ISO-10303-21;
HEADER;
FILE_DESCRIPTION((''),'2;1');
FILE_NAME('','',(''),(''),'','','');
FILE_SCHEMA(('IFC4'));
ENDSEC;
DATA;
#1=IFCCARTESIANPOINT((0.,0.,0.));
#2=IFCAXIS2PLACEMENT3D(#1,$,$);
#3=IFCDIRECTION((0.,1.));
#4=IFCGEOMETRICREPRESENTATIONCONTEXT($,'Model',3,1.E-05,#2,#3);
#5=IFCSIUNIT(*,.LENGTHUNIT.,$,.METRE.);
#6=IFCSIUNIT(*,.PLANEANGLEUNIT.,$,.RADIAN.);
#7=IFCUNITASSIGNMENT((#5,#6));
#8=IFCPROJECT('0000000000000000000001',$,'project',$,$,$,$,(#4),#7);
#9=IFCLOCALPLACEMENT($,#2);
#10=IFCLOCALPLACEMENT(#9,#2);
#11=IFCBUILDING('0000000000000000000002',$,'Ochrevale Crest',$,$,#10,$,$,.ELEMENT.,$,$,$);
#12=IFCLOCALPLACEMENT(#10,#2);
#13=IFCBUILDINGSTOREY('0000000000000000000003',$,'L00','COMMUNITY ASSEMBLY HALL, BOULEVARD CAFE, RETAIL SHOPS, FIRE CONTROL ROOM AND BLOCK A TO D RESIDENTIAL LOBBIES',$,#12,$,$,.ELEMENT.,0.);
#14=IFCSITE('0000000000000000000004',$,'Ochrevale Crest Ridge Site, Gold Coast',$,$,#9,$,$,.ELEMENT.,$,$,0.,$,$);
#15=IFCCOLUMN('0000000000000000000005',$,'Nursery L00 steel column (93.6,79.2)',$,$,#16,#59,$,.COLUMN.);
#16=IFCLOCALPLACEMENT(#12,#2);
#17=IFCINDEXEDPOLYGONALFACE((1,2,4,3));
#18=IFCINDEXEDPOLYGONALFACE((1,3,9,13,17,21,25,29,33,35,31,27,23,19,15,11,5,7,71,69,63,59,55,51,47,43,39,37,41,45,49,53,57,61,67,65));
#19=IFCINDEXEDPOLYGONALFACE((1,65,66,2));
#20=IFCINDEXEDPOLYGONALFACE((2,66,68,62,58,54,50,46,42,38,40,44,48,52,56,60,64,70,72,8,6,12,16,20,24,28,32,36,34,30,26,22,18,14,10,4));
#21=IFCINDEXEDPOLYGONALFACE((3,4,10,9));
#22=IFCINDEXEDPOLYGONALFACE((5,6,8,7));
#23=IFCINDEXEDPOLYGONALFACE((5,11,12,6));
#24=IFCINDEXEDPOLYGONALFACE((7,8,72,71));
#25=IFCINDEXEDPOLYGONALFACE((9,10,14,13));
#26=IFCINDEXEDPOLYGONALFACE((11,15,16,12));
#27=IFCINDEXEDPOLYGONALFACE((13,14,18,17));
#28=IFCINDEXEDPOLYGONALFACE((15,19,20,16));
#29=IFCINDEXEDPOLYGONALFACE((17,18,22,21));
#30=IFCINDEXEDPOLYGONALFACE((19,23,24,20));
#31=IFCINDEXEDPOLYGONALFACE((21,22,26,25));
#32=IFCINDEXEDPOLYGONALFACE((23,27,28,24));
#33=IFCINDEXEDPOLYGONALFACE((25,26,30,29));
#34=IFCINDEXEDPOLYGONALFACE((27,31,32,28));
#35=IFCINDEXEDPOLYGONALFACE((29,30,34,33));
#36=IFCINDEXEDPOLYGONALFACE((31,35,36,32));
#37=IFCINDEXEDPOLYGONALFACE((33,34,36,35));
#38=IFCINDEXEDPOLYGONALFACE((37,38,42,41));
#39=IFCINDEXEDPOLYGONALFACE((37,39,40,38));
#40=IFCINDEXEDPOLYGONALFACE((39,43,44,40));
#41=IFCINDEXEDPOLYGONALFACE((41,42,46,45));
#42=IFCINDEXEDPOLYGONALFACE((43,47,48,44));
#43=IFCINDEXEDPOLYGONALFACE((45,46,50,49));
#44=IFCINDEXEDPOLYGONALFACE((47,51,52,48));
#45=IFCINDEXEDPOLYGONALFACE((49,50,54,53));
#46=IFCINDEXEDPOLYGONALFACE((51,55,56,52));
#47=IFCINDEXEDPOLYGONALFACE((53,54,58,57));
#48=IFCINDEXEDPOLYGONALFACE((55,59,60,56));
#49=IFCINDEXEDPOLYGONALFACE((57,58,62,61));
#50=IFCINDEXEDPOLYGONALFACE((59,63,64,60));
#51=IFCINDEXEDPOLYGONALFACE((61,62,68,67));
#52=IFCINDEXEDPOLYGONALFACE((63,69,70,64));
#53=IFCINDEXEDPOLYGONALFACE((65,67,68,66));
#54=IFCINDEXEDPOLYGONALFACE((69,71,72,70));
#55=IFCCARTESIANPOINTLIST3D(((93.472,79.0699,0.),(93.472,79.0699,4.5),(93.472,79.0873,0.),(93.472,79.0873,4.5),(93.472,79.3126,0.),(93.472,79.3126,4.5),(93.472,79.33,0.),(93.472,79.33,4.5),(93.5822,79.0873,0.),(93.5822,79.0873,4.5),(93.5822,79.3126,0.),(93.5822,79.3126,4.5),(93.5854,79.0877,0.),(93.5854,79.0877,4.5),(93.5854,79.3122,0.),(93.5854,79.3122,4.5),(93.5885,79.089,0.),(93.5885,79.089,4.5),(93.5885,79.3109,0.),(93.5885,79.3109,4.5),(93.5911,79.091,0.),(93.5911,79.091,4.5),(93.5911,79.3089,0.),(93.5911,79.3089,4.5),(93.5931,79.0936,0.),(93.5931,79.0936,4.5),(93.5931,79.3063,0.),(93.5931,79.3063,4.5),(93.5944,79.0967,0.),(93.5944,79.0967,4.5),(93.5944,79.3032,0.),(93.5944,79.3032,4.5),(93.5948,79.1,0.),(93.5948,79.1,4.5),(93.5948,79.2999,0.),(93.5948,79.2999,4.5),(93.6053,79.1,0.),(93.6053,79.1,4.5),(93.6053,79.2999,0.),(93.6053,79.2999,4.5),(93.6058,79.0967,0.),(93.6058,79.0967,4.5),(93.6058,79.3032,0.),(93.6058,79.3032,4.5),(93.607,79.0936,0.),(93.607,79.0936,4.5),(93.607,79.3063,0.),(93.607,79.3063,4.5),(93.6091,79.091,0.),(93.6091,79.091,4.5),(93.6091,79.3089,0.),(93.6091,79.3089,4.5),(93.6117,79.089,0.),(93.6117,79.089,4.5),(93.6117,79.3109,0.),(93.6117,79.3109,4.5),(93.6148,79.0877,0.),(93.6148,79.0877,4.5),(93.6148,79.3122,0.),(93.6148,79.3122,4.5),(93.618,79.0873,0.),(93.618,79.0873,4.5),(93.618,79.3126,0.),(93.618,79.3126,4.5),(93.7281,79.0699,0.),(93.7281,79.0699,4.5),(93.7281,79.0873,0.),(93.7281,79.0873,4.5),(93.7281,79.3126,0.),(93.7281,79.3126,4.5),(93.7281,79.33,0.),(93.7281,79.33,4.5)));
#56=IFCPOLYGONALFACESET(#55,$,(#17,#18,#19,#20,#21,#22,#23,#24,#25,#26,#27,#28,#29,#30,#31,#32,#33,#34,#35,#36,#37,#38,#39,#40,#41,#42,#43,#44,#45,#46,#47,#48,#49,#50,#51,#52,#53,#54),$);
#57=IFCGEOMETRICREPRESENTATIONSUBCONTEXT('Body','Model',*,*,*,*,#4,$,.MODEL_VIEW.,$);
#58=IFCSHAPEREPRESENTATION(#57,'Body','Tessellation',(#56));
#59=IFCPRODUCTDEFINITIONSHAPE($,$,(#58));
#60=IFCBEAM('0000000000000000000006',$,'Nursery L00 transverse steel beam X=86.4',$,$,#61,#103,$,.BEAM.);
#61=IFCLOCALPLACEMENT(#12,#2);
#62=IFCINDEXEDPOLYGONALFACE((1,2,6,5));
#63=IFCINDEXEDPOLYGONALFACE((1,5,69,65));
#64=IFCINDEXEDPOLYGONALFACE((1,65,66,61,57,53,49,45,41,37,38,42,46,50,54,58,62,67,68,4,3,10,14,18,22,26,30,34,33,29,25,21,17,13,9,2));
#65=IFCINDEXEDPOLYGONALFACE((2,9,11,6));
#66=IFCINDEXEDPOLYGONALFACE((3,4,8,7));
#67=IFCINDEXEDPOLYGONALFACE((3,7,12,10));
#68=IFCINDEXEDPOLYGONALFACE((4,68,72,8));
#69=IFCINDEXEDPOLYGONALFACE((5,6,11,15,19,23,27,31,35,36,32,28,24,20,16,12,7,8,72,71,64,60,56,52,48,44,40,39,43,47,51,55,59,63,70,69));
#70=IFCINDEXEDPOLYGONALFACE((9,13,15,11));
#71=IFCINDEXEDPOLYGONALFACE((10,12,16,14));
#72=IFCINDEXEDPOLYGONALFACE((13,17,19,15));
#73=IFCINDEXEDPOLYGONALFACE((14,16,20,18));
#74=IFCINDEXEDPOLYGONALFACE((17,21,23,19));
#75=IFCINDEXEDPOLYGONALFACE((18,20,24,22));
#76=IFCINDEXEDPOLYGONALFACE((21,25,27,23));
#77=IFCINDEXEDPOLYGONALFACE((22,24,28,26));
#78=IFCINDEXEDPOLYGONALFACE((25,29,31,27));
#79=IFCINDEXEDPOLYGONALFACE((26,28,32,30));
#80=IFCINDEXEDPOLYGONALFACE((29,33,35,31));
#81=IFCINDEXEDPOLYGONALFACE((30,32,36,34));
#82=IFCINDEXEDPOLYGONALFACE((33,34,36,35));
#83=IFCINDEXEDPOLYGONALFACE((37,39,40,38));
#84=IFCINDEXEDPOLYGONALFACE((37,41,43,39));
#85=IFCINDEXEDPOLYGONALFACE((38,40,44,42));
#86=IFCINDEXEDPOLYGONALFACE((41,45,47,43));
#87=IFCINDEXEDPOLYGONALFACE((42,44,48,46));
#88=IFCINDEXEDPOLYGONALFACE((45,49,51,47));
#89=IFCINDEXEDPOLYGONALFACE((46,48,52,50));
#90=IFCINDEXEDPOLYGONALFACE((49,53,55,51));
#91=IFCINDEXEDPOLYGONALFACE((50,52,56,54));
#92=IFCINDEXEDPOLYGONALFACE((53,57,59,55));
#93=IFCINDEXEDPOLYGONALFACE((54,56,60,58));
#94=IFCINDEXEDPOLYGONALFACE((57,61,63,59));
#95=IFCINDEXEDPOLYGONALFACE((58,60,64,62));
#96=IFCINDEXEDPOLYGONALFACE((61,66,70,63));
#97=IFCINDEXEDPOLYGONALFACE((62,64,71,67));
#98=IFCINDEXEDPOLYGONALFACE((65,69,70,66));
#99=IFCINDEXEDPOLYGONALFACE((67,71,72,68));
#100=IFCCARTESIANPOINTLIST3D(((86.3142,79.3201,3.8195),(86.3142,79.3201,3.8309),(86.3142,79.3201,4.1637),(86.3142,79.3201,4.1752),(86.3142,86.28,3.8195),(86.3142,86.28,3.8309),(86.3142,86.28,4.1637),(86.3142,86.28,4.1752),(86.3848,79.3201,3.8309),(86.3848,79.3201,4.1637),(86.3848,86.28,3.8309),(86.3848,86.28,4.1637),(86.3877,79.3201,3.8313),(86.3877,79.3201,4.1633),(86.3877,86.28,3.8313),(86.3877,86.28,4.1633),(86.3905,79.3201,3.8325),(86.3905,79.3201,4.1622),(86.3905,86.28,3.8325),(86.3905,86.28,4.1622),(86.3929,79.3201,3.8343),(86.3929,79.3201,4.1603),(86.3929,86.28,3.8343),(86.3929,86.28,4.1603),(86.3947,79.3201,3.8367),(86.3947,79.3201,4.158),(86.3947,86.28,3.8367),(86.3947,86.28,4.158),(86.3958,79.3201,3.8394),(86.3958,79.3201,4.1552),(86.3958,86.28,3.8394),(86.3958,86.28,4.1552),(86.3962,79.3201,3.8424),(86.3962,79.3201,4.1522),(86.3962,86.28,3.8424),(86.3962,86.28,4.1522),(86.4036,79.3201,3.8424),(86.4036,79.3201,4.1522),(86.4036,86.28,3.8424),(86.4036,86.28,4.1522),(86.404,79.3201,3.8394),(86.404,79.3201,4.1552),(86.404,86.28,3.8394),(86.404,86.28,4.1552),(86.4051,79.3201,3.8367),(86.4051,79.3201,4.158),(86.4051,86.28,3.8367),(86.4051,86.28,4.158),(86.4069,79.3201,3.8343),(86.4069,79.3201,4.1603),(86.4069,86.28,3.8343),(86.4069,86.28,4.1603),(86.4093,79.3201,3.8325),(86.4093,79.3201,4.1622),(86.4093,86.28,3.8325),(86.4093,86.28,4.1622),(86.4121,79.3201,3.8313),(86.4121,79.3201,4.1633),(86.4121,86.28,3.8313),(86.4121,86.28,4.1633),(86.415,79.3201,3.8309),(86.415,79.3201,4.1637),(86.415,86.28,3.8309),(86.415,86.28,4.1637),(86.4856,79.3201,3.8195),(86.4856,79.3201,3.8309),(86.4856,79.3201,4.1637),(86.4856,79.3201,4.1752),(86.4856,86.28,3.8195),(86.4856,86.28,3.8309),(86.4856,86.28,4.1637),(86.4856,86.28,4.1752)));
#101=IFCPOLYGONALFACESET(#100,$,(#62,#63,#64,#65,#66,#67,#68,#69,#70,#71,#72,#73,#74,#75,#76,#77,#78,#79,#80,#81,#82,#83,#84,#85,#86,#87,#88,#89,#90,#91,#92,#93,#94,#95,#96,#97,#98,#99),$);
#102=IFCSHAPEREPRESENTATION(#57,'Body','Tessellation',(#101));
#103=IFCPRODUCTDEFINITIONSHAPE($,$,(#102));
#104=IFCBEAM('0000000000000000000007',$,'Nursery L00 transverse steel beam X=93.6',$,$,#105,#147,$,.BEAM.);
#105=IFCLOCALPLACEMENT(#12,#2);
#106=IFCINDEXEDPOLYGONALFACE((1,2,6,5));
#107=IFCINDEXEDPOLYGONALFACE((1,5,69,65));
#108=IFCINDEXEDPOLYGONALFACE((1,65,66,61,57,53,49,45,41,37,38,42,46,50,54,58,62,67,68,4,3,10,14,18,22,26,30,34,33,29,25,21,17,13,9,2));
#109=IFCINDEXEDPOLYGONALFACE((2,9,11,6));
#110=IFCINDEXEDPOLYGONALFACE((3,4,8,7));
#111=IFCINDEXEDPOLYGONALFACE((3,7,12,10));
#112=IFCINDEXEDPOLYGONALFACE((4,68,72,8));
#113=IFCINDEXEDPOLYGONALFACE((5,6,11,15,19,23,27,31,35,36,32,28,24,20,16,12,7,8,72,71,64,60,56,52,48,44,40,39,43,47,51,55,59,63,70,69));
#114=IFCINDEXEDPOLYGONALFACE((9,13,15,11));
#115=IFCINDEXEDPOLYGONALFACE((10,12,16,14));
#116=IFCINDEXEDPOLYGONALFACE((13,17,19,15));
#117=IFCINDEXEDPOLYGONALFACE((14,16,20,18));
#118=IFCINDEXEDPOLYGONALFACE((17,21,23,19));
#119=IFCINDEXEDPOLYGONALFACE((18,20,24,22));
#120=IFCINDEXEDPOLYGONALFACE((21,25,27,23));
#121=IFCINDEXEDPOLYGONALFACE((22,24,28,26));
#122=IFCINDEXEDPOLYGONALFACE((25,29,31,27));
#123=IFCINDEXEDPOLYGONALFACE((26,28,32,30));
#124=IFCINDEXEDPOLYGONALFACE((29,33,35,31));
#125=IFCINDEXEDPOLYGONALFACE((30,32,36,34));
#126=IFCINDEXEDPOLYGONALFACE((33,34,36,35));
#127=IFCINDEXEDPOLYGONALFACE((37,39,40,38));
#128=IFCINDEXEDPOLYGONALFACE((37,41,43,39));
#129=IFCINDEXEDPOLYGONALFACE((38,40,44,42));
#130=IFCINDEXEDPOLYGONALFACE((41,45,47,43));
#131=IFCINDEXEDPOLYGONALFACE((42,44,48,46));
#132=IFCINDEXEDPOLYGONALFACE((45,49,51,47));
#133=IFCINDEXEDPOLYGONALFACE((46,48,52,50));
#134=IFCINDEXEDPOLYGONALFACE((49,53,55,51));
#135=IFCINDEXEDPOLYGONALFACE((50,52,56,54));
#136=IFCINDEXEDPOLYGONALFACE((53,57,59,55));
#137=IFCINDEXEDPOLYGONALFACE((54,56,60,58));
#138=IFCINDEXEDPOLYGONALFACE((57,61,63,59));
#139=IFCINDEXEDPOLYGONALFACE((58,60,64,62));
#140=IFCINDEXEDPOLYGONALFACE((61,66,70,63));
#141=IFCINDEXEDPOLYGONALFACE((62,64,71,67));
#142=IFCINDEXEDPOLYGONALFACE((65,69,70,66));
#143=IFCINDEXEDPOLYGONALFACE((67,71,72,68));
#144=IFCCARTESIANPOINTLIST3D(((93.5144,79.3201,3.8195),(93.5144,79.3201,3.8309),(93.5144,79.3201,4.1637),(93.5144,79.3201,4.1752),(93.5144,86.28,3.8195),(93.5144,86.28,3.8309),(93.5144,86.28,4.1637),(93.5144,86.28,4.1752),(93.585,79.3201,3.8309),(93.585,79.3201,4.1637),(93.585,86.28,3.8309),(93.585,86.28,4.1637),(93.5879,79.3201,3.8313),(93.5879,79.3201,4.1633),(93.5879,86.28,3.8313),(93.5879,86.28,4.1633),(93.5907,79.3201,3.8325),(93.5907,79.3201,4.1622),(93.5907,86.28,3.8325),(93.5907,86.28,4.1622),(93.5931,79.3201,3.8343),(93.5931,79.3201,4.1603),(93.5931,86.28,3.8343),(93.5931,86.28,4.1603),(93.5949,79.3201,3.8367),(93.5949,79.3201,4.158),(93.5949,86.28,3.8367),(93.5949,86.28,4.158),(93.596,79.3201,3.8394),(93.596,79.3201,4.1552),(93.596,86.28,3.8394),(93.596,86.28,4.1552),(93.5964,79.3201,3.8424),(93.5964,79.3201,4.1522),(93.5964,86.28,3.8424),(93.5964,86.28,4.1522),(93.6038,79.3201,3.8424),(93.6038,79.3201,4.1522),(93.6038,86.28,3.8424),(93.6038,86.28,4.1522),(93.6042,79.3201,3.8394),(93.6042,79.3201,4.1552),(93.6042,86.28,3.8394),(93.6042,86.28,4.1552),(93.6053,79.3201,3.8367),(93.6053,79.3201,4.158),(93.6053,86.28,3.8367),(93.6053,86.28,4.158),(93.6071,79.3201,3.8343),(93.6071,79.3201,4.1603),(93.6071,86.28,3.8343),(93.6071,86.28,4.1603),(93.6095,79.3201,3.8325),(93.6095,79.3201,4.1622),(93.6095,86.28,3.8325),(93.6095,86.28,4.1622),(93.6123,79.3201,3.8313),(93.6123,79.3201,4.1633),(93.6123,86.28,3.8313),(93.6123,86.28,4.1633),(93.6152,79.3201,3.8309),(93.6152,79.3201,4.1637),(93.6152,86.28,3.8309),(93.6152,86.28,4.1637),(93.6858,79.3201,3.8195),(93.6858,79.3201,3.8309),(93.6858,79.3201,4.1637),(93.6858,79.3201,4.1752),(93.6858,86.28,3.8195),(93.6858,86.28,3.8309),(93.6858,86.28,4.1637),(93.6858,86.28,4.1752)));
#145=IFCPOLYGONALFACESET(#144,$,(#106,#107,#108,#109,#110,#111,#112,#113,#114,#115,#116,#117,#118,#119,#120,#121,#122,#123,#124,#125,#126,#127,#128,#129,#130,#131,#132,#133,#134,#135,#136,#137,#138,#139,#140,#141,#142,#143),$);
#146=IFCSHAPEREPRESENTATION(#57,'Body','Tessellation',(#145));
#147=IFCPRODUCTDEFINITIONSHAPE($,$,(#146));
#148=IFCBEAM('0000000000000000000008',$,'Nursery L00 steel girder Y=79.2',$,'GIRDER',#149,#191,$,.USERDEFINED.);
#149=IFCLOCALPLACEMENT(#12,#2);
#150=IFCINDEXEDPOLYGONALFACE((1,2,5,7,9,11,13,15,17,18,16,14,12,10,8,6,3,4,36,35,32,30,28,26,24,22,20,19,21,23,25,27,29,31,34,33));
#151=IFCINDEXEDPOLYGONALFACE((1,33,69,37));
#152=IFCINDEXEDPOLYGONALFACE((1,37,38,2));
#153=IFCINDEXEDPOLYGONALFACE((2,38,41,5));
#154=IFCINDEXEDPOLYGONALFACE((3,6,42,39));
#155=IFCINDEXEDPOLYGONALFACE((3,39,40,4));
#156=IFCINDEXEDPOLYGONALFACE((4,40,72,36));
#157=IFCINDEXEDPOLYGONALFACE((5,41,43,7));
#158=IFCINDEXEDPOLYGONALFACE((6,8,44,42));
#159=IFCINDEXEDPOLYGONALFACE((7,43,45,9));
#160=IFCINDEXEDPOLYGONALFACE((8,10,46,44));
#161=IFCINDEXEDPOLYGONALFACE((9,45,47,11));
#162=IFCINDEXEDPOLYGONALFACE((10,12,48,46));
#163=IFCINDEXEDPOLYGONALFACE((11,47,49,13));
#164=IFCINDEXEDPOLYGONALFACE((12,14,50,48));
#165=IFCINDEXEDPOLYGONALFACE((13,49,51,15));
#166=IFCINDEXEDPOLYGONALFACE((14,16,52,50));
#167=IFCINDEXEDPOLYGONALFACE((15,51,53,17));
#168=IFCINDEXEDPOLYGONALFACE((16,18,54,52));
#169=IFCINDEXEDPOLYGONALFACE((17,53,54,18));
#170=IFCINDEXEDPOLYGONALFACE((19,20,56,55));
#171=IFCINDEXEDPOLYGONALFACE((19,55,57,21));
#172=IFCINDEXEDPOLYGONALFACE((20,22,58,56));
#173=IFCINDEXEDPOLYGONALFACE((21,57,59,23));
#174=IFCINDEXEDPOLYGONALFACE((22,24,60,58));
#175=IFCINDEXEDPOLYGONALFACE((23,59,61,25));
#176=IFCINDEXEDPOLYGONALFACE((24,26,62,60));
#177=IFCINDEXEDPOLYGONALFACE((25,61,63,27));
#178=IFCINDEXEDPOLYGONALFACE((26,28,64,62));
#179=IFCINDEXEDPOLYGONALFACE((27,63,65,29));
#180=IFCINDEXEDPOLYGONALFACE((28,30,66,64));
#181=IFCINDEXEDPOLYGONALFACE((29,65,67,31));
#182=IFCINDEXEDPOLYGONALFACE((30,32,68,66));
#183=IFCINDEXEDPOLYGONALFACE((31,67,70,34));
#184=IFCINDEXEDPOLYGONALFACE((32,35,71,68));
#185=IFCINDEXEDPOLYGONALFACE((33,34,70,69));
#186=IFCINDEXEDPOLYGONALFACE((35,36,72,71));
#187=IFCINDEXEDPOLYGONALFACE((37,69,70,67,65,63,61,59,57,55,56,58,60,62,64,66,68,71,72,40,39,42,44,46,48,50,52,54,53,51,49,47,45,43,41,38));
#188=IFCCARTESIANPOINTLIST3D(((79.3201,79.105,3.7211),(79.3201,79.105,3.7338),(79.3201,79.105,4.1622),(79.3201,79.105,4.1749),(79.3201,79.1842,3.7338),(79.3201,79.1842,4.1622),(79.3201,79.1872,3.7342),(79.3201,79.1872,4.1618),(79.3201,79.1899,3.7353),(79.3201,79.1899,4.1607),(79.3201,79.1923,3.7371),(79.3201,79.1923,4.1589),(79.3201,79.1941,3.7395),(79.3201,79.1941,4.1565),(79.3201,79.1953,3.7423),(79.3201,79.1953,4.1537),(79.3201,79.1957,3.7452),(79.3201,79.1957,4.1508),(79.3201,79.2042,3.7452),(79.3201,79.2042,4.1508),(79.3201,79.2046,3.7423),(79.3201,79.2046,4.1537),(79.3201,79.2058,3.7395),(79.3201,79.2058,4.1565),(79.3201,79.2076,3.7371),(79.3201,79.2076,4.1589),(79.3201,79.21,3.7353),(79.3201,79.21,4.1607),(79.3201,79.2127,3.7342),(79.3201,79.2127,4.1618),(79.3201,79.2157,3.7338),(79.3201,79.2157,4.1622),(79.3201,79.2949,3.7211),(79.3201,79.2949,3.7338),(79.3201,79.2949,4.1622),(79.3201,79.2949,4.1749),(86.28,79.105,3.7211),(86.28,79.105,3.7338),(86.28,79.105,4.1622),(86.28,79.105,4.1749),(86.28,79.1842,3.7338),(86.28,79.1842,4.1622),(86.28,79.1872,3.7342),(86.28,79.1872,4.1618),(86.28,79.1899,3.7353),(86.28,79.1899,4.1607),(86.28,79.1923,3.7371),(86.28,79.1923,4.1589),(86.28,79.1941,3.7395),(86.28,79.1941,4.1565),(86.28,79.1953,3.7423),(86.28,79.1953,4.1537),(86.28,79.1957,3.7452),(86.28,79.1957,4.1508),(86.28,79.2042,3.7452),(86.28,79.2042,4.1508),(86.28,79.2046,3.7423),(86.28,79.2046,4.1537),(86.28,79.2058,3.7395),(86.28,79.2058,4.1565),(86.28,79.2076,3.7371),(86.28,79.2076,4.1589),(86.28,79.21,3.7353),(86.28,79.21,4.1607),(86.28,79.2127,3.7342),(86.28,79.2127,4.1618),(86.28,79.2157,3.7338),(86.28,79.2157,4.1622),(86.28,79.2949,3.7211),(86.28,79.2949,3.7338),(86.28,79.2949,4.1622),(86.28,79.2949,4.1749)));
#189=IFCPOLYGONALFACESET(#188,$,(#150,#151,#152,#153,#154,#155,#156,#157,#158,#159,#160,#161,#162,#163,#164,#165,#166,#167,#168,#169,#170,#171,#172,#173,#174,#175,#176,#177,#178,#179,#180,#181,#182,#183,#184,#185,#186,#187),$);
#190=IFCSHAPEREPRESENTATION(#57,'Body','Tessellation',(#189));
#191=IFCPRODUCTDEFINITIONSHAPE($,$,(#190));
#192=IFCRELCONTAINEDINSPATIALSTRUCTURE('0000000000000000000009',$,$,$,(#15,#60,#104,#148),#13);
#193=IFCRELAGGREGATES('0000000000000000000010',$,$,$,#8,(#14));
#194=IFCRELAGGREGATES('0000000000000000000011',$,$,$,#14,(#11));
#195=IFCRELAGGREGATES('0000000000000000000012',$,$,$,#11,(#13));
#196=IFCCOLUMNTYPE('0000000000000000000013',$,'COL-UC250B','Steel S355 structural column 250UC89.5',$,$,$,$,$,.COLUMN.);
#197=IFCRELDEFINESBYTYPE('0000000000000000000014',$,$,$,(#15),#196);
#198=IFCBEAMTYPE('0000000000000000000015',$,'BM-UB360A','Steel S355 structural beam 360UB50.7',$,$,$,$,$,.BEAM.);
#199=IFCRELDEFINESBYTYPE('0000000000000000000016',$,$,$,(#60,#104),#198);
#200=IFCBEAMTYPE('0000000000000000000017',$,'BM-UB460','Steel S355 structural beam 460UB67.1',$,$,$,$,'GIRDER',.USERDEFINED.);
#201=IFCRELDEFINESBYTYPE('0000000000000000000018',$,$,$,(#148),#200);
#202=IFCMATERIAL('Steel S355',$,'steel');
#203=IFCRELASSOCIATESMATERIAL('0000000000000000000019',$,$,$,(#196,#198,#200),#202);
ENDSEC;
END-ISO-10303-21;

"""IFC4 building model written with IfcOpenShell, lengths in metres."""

from ifc_helpers import new_model, si_unit, direction, frame, origin, origin_2d, place, context, subcontext, project, spatial, i_section, extrude, material, material_profile, profile_set, type_object, element, save


model = new_model("IFC4")

# Units and contexts
model_context = context("Model", 3, precision=1e-05, world=origin(), true_north=direction((0.0, 1.0)))
body_context = subcontext(model_context, "Body", "Model", "MODEL_VIEW")
ifc_project = project(units=[si_unit("LENGTHUNIT", "METRE"), si_unit("PLANEANGLEUNIT", "RADIAN")], contexts=[model_context])

# Site, building, storey
site_placement = place(None, origin())
site = spatial("IfcSite", under=ifc_project, at=site_placement, Name="Ochrevale Crest Ridge Site, Gold Coast", CompositionType="ELEMENT", RefElevation=0.0)
building_placement = place(site_placement, origin())
building = spatial("IfcBuilding", under=site, at=building_placement, Name="Ochrevale Crest", CompositionType="ELEMENT")
storey_placement = place(building_placement, origin())
storey = spatial("IfcBuildingStorey", under=building, at=storey_placement, Name="L00", Description="COMMUNITY ASSEMBLY HALL, BOULEVARD CAFE, RETAIL SHOPS, FIRE CONTROL ROOM AND BLOCK A TO D RESIDENTIAL LOBBIES", CompositionType="ELEMENT", Elevation=0.0)

# Column
ifc_material_1 = material(Name="Steel S355", Category="steel")
ifc_material_profile_1 = material_profile(ifc_material_1, i_section(OverallWidth=0.2561, OverallDepth=0.26, WebThickness=0.0105, FlangeThickness=0.0173, FilletRadius=0.0127, at=origin_2d()), Name="250UC89.5")
ifc_profile_set_1 = profile_set([ifc_material_profile_1], Name="Steel S355")
column_type_1 = type_object("IfcColumnType", Name="COL-UC250B", Description="Steel S355 structural column 250UC89.5", PredefinedType="COLUMN", material=ifc_profile_set_1)
for number, where, z_axis, x_axis, name in (
    (1, (93.6001, 79.2, 0.0), (0.0, 0.0, 1.0), (1.0, 0.0, 0.0), "Nursery L00 steel column (93.6,79.2)"),
):
    element("IfcColumn", number, at=place(storey_placement, frame(where, z_axis=z_axis, x_axis=x_axis)), inside=storey, type_object=column_type_1, Name=name, PredefinedType="COLUMN", context=body_context, shape_type="SweptSolid", body=[
        extrude(i_section(OverallWidth=0.2561, OverallDepth=0.26, WebThickness=0.0105, FlangeThickness=0.0173, FilletRadius=0.0127, at=origin_2d()), origin(), (0.0, 0.0, 1.0), 4.5),
    ])

# Beams
ifc_material_profile_2 = material_profile(ifc_material_1, i_section(OverallWidth=0.1714, OverallDepth=0.3557, WebThickness=0.0073, FlangeThickness=0.0115, FilletRadius=0.0115, at=origin_2d()), Name="360UB50.7")
ifc_profile_set_2 = profile_set([ifc_material_profile_2], Name="Steel S355")
beam_type_1 = type_object("IfcBeamType", Name="BM-UB360A", Description="Steel S355 structural beam 360UB50.7", PredefinedType="BEAM", material=ifc_profile_set_2)
for number, where, z_axis, x_axis, name in (
    (2, (86.3999, 79.3201, 3.9973), (0.0, 1.0, 0.0), (-1.0, 0.0, 0.0), "Nursery L00 transverse steel beam X=86.4"),
    (3, (93.6001, 79.3201, 3.9973), (0.0, 1.0, 0.0), (-1.0, 0.0, 0.0), "Nursery L00 transverse steel beam X=93.6"),
):
    element("IfcBeam", number, at=place(storey_placement, frame(where, z_axis=z_axis, x_axis=x_axis)), inside=storey, type_object=beam_type_1, Name=name, PredefinedType="BEAM", context=body_context, shape_type="SweptSolid", body=[
        extrude(i_section(OverallWidth=0.1714, OverallDepth=0.3557, WebThickness=0.0073, FlangeThickness=0.0115, FilletRadius=0.0115, at=origin_2d()), origin(), (0.0, 0.0, 1.0), 6.96),
    ])
ifc_material_profile_3 = material_profile(ifc_material_1, i_section(OverallWidth=0.1899, OverallDepth=0.4539, WebThickness=0.0085, FlangeThickness=0.0127, FilletRadius=0.0115, at=origin_2d()), Name="460UB67.1")
ifc_profile_set_3 = profile_set([ifc_material_profile_3], Name="Steel S355")
beam_type_2 = type_object("IfcBeamType", Name="BM-UB460", Description="Steel S355 structural beam 460UB67.1", ElementType="GIRDER", PredefinedType="USERDEFINED", material=ifc_profile_set_3)
for number, where, z_axis, x_axis, name in (
    (4, (79.3201, 79.2, 3.948), (1.0, 0.0, 0.0), (0.0, 1.0, 0.0), "Nursery L00 steel girder Y=79.2"),
):
    element("IfcBeam", number, at=place(storey_placement, frame(where, z_axis=z_axis, x_axis=x_axis)), inside=storey, type_object=beam_type_2, Name=name, ObjectType="GIRDER", PredefinedType="USERDEFINED", context=body_context, shape_type="SweptSolid", body=[
        extrude(i_section(OverallWidth=0.1899, OverallDepth=0.4539, WebThickness=0.0085, FlangeThickness=0.0127, FilletRadius=0.0115, at=origin_2d()), origin(), (0.0, 0.0, 1.0), 6.96),
    ])

save(model, "model.ifc")
